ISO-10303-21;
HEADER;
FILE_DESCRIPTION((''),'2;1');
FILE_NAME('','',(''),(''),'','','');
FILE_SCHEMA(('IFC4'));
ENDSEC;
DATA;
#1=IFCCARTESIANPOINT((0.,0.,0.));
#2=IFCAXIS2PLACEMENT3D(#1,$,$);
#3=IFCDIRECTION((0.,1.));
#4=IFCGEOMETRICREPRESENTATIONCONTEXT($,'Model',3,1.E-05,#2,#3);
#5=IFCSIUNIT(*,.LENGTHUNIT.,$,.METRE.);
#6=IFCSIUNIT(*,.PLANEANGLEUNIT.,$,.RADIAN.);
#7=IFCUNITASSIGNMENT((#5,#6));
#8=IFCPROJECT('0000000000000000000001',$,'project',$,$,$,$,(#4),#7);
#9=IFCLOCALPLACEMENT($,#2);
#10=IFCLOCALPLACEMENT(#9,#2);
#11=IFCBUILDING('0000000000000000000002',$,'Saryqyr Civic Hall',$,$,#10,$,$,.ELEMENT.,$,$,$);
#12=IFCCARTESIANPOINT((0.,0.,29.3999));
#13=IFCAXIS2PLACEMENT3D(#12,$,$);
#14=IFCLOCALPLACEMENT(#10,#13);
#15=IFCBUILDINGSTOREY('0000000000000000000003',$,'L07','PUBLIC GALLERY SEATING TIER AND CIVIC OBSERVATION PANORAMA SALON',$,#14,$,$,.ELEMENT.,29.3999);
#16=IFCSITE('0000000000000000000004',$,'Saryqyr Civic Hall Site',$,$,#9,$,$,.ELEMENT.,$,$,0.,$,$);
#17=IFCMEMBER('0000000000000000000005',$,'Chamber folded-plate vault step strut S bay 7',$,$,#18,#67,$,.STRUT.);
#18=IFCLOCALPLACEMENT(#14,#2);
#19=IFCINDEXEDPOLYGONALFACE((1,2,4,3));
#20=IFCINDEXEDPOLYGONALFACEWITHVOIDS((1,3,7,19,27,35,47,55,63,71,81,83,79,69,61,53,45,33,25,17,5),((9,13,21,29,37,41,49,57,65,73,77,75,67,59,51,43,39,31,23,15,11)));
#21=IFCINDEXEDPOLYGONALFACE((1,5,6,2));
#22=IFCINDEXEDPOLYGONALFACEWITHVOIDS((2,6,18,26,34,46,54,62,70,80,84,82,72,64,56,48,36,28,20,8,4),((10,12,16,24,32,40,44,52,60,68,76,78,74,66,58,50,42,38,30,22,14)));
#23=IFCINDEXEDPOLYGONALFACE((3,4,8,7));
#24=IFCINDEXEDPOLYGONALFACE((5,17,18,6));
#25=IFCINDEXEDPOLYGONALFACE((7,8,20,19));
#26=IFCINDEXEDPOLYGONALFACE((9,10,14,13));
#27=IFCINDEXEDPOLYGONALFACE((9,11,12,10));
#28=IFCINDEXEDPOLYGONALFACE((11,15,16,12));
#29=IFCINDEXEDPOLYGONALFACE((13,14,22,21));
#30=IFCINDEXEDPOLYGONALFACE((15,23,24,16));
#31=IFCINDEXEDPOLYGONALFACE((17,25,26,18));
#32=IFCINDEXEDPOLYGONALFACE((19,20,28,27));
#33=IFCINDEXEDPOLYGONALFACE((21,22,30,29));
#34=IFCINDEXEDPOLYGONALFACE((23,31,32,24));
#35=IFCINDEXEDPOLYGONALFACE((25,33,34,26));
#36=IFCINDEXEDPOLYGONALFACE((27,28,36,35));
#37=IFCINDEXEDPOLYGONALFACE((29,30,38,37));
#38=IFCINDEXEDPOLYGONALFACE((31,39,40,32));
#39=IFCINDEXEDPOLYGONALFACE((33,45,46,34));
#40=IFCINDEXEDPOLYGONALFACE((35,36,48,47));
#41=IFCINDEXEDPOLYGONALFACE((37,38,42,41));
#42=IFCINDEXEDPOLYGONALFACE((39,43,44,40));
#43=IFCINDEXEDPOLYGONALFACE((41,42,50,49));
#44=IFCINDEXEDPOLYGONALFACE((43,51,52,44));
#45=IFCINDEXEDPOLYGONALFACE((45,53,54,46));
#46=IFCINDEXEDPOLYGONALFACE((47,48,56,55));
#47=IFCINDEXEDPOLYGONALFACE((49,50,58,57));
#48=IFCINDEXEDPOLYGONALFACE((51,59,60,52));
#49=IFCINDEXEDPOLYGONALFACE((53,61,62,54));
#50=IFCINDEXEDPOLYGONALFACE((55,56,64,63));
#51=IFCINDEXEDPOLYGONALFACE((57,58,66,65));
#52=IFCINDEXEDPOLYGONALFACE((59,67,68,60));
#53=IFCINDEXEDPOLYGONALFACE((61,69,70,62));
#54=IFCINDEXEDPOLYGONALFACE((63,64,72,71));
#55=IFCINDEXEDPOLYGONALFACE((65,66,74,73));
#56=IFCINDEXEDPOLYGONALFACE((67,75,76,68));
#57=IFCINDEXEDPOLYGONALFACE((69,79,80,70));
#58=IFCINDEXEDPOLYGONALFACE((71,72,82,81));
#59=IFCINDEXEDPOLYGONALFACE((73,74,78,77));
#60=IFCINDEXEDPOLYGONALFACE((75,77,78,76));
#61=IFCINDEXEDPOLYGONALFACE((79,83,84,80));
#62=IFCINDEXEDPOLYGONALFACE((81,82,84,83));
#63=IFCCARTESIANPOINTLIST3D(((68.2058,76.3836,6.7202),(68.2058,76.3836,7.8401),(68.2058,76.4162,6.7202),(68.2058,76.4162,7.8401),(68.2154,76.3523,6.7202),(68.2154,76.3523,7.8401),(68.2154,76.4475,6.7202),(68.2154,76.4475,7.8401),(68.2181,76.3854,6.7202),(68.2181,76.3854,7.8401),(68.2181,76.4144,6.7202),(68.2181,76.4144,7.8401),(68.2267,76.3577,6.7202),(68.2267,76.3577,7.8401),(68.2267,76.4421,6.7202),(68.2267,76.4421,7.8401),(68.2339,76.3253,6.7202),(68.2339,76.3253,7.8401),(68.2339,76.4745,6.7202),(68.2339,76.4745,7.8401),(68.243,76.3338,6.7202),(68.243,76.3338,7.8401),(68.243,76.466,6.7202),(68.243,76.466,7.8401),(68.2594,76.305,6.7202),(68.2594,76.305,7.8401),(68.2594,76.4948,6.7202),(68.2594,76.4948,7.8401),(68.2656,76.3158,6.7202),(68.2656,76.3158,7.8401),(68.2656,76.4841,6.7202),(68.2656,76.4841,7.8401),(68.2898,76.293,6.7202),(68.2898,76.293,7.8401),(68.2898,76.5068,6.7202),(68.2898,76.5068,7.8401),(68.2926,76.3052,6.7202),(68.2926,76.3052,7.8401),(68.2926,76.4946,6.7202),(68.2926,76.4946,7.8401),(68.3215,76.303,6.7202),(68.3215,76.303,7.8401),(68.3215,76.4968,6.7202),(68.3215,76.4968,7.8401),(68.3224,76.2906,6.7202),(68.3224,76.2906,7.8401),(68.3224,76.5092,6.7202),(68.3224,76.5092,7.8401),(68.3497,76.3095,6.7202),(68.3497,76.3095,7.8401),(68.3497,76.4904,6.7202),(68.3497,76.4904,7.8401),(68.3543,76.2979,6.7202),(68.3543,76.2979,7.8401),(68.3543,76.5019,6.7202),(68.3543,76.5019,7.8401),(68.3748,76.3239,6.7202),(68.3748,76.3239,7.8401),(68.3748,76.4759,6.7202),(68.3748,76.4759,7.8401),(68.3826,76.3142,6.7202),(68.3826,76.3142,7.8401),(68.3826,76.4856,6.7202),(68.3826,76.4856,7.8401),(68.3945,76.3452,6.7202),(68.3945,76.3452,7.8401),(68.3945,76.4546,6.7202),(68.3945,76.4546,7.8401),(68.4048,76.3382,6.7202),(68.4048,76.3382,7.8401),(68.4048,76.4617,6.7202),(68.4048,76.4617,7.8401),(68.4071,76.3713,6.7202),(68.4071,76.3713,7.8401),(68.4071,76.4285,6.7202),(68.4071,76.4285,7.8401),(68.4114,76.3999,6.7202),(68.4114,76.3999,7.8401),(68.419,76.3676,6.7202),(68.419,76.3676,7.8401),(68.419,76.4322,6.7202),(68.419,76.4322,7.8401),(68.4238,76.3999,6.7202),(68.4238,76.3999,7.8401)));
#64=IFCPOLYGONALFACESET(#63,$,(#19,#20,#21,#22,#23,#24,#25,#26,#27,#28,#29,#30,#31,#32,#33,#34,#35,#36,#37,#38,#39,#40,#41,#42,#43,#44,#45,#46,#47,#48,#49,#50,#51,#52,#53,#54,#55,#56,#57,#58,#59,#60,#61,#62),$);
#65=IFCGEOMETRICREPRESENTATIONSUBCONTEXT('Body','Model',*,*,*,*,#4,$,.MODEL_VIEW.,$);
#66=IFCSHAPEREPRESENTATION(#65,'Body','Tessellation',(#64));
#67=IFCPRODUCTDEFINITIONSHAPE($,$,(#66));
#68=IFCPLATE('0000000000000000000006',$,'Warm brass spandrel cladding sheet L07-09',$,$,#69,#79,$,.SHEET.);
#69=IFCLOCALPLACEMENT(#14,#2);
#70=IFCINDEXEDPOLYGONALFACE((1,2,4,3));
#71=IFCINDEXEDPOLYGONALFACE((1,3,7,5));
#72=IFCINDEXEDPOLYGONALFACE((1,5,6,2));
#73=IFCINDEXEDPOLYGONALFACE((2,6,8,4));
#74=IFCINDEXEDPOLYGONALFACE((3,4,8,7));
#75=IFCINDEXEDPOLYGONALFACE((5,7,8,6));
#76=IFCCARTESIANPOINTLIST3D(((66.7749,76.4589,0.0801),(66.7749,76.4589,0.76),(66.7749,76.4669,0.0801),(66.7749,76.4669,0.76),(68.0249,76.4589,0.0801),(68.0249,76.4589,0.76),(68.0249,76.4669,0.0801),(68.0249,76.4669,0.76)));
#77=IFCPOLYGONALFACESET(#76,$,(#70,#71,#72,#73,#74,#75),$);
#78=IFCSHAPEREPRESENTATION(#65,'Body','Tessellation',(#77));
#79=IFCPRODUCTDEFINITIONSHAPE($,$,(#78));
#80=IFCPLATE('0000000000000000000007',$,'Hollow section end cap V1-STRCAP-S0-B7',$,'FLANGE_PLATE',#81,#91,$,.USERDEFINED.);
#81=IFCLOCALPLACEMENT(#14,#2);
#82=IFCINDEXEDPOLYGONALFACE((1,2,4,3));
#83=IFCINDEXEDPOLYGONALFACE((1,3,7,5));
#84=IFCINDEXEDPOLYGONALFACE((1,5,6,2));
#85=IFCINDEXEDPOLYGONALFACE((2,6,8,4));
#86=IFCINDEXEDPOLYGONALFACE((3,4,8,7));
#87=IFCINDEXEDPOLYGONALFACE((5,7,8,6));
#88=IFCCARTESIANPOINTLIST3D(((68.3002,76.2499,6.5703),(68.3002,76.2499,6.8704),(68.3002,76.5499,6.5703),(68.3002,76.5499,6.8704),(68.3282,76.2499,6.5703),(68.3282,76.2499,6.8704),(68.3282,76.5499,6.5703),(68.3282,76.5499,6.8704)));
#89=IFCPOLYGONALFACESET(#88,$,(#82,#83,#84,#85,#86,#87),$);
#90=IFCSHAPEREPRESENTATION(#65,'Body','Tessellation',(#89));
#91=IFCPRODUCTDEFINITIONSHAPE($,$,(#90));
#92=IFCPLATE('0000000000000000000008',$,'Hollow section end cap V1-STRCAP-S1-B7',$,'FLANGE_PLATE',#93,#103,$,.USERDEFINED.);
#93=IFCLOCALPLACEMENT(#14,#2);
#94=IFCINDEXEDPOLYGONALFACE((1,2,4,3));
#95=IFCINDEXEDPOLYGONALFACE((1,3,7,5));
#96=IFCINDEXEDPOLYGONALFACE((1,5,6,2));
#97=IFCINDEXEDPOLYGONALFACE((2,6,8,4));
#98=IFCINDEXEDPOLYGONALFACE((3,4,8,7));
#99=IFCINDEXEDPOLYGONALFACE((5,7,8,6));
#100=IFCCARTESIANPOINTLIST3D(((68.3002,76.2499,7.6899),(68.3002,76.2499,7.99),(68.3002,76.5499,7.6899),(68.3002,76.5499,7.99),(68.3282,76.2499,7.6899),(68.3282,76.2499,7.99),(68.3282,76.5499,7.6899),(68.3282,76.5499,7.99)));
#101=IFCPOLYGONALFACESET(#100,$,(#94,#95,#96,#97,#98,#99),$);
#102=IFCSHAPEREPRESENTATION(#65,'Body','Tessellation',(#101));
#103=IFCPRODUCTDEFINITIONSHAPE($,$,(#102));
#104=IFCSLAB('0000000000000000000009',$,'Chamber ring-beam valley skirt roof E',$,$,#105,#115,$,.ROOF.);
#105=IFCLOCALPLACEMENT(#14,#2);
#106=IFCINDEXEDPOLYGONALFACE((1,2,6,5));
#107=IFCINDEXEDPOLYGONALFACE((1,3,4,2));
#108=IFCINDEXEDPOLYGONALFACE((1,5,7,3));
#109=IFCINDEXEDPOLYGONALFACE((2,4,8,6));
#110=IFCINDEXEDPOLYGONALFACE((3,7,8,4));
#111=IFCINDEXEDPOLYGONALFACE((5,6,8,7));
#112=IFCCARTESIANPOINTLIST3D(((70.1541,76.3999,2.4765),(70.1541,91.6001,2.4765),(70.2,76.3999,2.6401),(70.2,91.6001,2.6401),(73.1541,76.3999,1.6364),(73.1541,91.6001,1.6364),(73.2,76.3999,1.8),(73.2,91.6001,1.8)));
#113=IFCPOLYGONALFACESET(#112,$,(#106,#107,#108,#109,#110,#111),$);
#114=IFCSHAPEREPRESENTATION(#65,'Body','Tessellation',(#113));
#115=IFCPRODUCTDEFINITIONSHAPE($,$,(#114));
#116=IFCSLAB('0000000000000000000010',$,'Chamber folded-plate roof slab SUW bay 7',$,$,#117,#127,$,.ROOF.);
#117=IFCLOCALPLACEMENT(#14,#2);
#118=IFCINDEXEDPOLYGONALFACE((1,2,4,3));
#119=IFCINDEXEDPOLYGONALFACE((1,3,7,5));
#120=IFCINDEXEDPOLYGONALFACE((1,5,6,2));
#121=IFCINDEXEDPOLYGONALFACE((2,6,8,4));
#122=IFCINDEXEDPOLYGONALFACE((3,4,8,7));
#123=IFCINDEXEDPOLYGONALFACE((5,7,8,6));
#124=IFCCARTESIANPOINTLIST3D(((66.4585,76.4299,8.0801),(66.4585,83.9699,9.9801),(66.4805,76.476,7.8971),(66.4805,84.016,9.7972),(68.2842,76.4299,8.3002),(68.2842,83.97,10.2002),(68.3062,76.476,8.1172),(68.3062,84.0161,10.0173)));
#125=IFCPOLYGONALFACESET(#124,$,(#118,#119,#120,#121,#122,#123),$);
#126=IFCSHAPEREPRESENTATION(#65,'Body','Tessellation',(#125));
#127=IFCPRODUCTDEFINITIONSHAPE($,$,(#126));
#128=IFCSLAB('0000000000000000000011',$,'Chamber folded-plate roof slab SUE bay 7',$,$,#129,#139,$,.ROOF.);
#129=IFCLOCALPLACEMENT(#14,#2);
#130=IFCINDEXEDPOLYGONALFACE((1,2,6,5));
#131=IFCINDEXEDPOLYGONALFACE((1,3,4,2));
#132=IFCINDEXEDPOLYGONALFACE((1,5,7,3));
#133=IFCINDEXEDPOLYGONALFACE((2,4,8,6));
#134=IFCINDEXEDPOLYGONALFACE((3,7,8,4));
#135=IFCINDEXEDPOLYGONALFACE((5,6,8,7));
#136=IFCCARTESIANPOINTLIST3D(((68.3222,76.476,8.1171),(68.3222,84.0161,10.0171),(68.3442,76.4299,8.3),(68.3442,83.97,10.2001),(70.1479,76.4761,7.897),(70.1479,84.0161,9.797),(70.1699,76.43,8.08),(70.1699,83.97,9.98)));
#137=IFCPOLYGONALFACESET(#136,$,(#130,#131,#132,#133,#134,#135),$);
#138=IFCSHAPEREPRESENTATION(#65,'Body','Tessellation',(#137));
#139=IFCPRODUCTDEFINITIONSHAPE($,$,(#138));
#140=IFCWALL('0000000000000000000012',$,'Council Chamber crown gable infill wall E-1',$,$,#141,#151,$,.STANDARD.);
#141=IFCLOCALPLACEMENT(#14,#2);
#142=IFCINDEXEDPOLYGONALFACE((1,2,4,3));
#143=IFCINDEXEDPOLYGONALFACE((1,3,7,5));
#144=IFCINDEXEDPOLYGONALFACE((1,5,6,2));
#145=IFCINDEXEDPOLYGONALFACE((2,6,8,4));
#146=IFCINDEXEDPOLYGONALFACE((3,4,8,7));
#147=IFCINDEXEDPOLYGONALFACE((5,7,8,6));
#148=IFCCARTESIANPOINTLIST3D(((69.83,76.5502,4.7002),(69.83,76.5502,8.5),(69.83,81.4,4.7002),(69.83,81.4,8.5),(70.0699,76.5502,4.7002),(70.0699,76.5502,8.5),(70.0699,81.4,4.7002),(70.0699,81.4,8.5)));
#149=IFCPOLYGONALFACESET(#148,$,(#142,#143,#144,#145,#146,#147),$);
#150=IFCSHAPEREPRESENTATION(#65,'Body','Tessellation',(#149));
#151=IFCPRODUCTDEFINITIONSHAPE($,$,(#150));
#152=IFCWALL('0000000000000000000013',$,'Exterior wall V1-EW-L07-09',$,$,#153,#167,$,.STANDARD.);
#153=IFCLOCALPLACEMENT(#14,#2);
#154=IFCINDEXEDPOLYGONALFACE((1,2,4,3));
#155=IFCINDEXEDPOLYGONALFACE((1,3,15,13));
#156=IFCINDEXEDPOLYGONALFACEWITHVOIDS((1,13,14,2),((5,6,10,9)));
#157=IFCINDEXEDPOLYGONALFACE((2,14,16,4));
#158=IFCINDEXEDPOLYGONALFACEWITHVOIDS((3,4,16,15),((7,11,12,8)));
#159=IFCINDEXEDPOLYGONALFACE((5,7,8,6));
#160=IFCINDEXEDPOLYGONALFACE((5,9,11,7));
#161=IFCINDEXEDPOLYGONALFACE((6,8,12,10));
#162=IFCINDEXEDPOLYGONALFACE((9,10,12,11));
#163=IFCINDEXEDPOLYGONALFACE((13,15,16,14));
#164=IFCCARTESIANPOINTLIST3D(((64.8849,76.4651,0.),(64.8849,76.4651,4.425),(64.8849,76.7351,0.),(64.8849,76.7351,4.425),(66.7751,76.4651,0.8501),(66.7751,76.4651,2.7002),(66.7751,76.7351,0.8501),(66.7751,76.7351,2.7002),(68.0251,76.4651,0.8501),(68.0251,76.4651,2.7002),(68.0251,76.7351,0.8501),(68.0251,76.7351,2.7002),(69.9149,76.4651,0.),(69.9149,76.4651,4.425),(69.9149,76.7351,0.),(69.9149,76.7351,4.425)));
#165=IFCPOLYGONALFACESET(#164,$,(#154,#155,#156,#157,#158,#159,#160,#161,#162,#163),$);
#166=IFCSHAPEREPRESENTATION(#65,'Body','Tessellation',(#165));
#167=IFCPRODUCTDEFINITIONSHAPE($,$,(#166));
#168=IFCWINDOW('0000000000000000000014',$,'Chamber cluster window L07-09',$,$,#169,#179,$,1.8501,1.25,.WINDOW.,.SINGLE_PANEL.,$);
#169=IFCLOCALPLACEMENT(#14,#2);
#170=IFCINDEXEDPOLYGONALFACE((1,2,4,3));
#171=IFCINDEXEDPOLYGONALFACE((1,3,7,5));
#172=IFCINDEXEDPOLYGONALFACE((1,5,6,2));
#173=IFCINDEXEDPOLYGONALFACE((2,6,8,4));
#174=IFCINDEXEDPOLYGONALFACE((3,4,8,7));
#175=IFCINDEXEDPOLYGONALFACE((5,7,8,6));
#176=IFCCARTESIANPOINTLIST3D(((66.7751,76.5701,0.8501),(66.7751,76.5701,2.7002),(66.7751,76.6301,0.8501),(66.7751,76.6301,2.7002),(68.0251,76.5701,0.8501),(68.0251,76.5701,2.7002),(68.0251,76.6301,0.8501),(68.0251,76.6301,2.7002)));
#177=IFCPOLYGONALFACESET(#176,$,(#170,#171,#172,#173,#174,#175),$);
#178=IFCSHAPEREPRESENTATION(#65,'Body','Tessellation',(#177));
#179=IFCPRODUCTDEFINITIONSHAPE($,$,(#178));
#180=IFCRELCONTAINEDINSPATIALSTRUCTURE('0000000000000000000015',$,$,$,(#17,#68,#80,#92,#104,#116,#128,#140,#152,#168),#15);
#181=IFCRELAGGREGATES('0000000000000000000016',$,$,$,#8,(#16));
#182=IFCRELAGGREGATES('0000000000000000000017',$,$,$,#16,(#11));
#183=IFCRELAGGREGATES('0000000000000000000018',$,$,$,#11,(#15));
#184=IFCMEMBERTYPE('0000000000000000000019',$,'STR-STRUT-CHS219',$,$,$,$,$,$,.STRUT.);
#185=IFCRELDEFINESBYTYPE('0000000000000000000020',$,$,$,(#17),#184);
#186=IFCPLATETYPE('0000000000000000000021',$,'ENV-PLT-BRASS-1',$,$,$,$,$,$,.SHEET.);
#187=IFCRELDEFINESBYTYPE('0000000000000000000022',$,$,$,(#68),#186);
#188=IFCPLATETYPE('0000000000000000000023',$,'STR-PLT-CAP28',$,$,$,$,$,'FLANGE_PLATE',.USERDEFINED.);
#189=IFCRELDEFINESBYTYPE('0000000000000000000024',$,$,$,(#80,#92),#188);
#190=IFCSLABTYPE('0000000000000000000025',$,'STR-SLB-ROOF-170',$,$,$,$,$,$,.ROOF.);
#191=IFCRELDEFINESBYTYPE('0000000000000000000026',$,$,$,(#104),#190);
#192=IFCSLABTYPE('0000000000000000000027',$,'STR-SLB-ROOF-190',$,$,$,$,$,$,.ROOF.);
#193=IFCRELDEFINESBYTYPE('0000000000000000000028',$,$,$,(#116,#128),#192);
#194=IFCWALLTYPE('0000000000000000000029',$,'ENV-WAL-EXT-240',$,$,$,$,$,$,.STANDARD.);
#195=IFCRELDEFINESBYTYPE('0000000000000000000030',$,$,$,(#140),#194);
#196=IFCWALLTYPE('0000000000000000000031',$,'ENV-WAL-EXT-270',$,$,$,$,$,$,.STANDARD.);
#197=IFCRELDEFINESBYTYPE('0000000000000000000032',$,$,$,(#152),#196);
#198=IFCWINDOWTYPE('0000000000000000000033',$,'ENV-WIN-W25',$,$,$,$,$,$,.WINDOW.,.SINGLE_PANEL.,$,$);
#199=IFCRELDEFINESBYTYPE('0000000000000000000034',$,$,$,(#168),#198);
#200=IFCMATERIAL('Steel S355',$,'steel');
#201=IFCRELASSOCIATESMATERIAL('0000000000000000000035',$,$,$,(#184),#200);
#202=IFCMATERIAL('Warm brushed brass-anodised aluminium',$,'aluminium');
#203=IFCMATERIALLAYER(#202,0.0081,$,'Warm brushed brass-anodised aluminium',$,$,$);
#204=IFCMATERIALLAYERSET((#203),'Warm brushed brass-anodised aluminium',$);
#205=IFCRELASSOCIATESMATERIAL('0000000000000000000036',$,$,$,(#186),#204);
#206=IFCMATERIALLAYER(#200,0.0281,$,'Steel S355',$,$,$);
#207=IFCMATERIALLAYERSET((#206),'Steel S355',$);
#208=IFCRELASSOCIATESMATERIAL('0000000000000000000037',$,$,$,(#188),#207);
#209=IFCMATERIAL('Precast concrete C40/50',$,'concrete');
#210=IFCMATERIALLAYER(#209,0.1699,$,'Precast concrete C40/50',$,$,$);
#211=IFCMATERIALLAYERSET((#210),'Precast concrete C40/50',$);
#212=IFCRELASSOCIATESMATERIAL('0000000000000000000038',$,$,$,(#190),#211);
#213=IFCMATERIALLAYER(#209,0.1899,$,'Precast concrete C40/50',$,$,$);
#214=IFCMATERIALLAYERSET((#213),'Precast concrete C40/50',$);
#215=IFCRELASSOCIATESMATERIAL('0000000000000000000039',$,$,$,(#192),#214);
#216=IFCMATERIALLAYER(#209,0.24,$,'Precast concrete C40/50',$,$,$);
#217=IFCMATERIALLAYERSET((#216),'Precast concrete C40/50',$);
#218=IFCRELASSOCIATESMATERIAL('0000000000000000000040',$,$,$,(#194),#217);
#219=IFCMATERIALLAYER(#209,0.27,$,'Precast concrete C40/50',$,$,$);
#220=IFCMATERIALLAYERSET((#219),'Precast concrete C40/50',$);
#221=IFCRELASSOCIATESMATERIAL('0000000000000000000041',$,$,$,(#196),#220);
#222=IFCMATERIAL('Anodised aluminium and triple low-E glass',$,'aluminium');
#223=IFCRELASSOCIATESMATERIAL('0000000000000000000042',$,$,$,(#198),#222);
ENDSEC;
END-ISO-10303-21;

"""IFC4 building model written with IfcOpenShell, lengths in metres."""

from ifc_helpers import new_model, si_unit, direction, frame, frame_2d, origin, origin_2d, place, context, subcontext, project, spatial, polyline, rectangle, hollow_circle, outline, extrude, material, layer, layer_set, material_profile, profile_set, type_object, element, fill, save


model = new_model("IFC4")

# Units and contexts
model_context = context("Model", 3, precision=1e-05, world=origin(), true_north=direction((0.0, 1.0)))
body_context = subcontext(model_context, "Body", "Model", "MODEL_VIEW")
ifc_project = project(units=[si_unit("LENGTHUNIT", "METRE"), si_unit("PLANEANGLEUNIT", "RADIAN")], contexts=[model_context])

# Site, building, storey
site_placement = place(None, origin())
site = spatial("IfcSite", under=ifc_project, at=site_placement, Name="Saryqyr Civic Hall Site", CompositionType="ELEMENT", RefElevation=0.0)
building_placement = place(site_placement, origin())
building = spatial("IfcBuilding", under=site, at=building_placement, Name="Saryqyr Civic Hall", CompositionType="ELEMENT")
storey_placement = place(building_placement, frame((0.0, 0.0, 29.3999)))
storey = spatial("IfcBuildingStorey", under=building, at=storey_placement, Name="L07", Description="PUBLIC GALLERY SEATING TIER AND CIVIC OBSERVATION PANORAMA SALON", CompositionType="ELEMENT", Elevation=29.3999)

# Shared definitions
ifc_material_1 = material(Name="Steel S355", Category="steel")

# Member
ifc_material_profile_1 = material_profile(ifc_material_1, hollow_circle(Radius=0.1096, WallThickness=0.0125, at=origin_2d()), Name="CHS 219.1x12.5")
ifc_profile_set_1 = profile_set([ifc_material_profile_1], Name="Steel S355")
member_type_1 = type_object("IfcMemberType", Name="STR-STRUT-CHS219", PredefinedType="STRUT", material=ifc_profile_set_1)
member_1_placement = place(storey_placement, frame((68.3142, 76.3999, 6.7202), z_axis=(0.0, 0.0, 1.0), x_axis=(1.0, 0.0, 0.0)))
element("IfcMember", 1, at=member_1_placement, inside=storey, type_object=member_type_1, Name="Chamber folded-plate vault step strut S bay 7", PredefinedType="STRUT", context=body_context, shape_type="SweptSolid", body=[
    extrude(hollow_circle(Radius=0.1096, WallThickness=0.0125, at=origin_2d()), origin(), (0.0, 0.0, 1.0), 1.1199),
])

# Plates
ifc_material_2 = material(Name="Warm brushed brass-anodised aluminium", Category="aluminium")
ifc_layer_1 = layer(ifc_material_2, 0.0081, Name="Warm brushed brass-anodised aluminium")
ifc_layer_set_1 = layer_set([ifc_layer_1], Name="Warm brushed brass-anodised aluminium")
plate_type_1 = type_object("IfcPlateType", Name="ENV-PLT-BRASS-1", PredefinedType="SHEET", material=ifc_layer_set_1)
plate_placement = place(storey_placement, frame((67.3999, 76.4629, 0.0801), z_axis=(0.0, 0.0, 1.0), x_axis=(-1.0, 0.0, 0.0)))
element("IfcPlate", 2, at=plate_placement, inside=storey, type_object=plate_type_1, Name="Warm brass spandrel cladding sheet L07-09", PredefinedType="SHEET", context=body_context, shape_type="SweptSolid", body=[
    extrude(rectangle(XDim=1.25, YDim=0.0081, at=origin_2d()), origin(), (0.0, 0.0, 1.0), 0.6799),
])
ifc_layer_2 = layer(ifc_material_1, 0.0281, Name="Steel S355")
ifc_layer_set_2 = layer_set([ifc_layer_2], Name="Steel S355")
plate_type_2 = type_object("IfcPlateType", Name="STR-PLT-CAP28", ElementType="FLANGE_PLATE", PredefinedType="USERDEFINED", material=ifc_layer_set_2)
for number, where, z_axis, x_axis, name in (
    (3, (68.3142, 76.3999, 6.5703), (0.0, 0.0, 1.0), (1.0, 0.0, 0.0), "Hollow section end cap V1-STRCAP-S0-B7"),
    (4, (68.3142, 76.3999, 7.6899), (0.0, 0.0, 1.0), (1.0, 0.0, 0.0), "Hollow section end cap V1-STRCAP-S1-B7"),
):
    element("IfcPlate", number, at=place(storey_placement, frame(where, z_axis=z_axis, x_axis=x_axis)), inside=storey, type_object=plate_type_2, Name=name, ObjectType="FLANGE_PLATE", PredefinedType="USERDEFINED", context=body_context, shape_type="SweptSolid", body=[
        extrude(rectangle(XDim=0.0281, YDim=0.3, at=origin_2d()), origin(), (0.0, 0.0, 1.0), 0.3),
    ])

# Slabs
ifc_material_3 = material(Name="Precast concrete C40/50", Category="concrete")
ifc_layer_3 = layer(ifc_material_3, 0.1699, Name="Precast concrete C40/50")
ifc_layer_set_3 = layer_set([ifc_layer_3], Name="Precast concrete C40/50")
slab_type_1 = type_object("IfcSlabType", Name="STR-SLB-ROOF-170", PredefinedType="ROOF", material=ifc_layer_set_3)
slab_1_placement = place(storey_placement, frame((73.2, 76.3999, 1.8), z_axis=(0.269656, 0.0, 0.962957), x_axis=(0.0, 1.0, 0.0)))
element("IfcSlab", 5, at=slab_1_placement, inside=storey, type_object=slab_type_1, Name="Chamber ring-beam valley skirt roof E", PredefinedType="ROOF", context=body_context, shape_type="SweptSolid", body=[
    extrude(outline(polyline([(0.0, 0.0), (15.2002, 0.0), (15.2002, 3.1154), (0.0, 3.1154), (0.0, 0.0)])), origin(), (0.0, 0.0, -1.0), 0.1699),
])
ifc_layer_4 = layer(ifc_material_3, 0.1899, Name="Precast concrete C40/50")
ifc_layer_set_4 = layer_set([ifc_layer_4], Name="Precast concrete C40/50")
slab_type_2 = type_object("IfcSlabType", Name="STR-SLB-ROOF-190", PredefinedType="ROOF", material=ifc_layer_set_4)
slab_2_placement = place(storey_placement, frame((66.4585, 76.4299, 8.0801), z_axis=(-0.116109, -0.2427, 0.963128), x_axis=(0.992812, -0.000016, 0.119683)))
element("IfcSlab", 6, at=slab_2_placement, inside=storey, type_object=slab_type_2, Name="Chamber folded-plate roof slab SUW bay 7", PredefinedType="ROOF", context=body_context, shape_type="SweptSolid", body=[
    extrude(outline(polyline([(0.0, 0.0), (1.8389, 0.0), (2.0662, 7.7725), (0.2273, 7.7724), (0.0, 0.0)])), origin(), (0.0, 0.0, -1.0), 0.1899),
])
slab_3_placement = place(storey_placement, frame((68.3442, 76.4299, 8.3), z_axis=(0.116109, -0.2427, 0.963128), x_axis=(0.992812, 0.000016, -0.119683)))
element("IfcSlab", 7, at=slab_3_placement, inside=storey, type_object=slab_type_2, Name="Chamber folded-plate roof slab SUE bay 7", PredefinedType="ROOF", context=body_context, shape_type="SweptSolid", body=[
    extrude(outline(polyline([(0.0, 0.0), (1.8389, 0.0), (1.6116, 7.7724), (-0.2273, 7.7725), (0.0, 0.0)])), origin(), (0.0, 0.0, -1.0), 0.1899),
])

# Wall
ifc_layer_5 = layer(ifc_material_3, 0.24, Name="Precast concrete C40/50")
ifc_layer_set_5 = layer_set([ifc_layer_5], Name="Precast concrete C40/50")
wall_type_1 = type_object("IfcWallType", Name="ENV-WAL-EXT-240", PredefinedType="STANDARD", material=ifc_layer_set_5)
wall_1_placement = place(storey_placement, frame((69.95, 81.3999, 4.7002), z_axis=(0.0, 0.0, 1.0), x_axis=(0.0, -1.0, 0.0)))
element("IfcWall", 8, at=wall_1_placement, inside=storey, type_object=wall_type_1, Name="Council Chamber crown gable infill wall E-1", PredefinedType="STANDARD", context=body_context, shape_type="SweptSolid", body=[
    extrude(rectangle(XDim=4.8499, YDim=0.24, at=frame_2d((2.4248, 0.0))), origin(), (0.0, 0.0, 1.0), 3.7998),
])

# Wall, opening, window
ifc_layer_6 = layer(ifc_material_3, 0.27, Name="Precast concrete C40/50")
ifc_layer_set_6 = layer_set([ifc_layer_6], Name="Precast concrete C40/50")
wall_type_2 = type_object("IfcWallType", Name="ENV-WAL-EXT-270", PredefinedType="STANDARD", material=ifc_layer_set_6)
wall_2_placement = place(storey_placement, frame((69.915, 76.6001, 0.0), z_axis=(0.0, 0.0, 1.0), x_axis=(-1.0, 0.0, 0.0)))
wall_2 = element("IfcWall", 9, at=wall_2_placement, inside=storey, type_object=wall_type_2, Name="Exterior wall V1-EW-L07-09", PredefinedType="STANDARD", context=body_context, shape_type="SweptSolid", body=[
    extrude(rectangle(XDim=5.03, YDim=0.27, at=frame_2d((2.5151, 0.0))), origin(), (0.0, 0.0, 1.0), 4.425),
])
opening_1_placement = place(wall_2_placement, frame((1.8899, 0.0, 0.8501)))
opening_1 = element("IfcOpeningElement", 10, at=opening_1_placement, cuts=wall_2, PredefinedType="OPENING", context=body_context, shape_type="SweptSolid", body=[
    extrude(rectangle(XDim=1.25, YDim=1.8501, at=frame_2d((0.625, 0.925))), frame((0.0, 0.145, 0.0), z_axis=(0.0, -1.0, 0.0), x_axis=(1.0, 0.0, 0.0)), (0.0, 0.0, 1.0), 0.29),
])
ifc_material_4 = material(Name="Anodised aluminium and triple low-E glass", Category="aluminium")
window_type = type_object("IfcWindowType", Name="ENV-WIN-W25", PartitioningType="SINGLE_PANEL", PredefinedType="WINDOW", material=ifc_material_4)
window_placement = place(opening_1_placement, origin())
window = element("IfcWindow", 11, at=window_placement, inside=storey, type_object=window_type, Name="Chamber cluster window L07-09", OverallHeight=1.8501, OverallWidth=1.25, PartitioningType="SINGLE_PANEL", PredefinedType="WINDOW", context=body_context, shape_type="SweptSolid", body=[
    extrude(rectangle(XDim=1.25, YDim=1.8501, at=frame_2d((0.625, 0.925))), frame((0.0, 0.03, 0.0), z_axis=(0.0, -1.0, 0.0), x_axis=(1.0, 0.0, 0.0)), (0.0, 0.0, 1.0), 0.0601),
])
fill(opening_1, window)

save(model, "model.ifc")
